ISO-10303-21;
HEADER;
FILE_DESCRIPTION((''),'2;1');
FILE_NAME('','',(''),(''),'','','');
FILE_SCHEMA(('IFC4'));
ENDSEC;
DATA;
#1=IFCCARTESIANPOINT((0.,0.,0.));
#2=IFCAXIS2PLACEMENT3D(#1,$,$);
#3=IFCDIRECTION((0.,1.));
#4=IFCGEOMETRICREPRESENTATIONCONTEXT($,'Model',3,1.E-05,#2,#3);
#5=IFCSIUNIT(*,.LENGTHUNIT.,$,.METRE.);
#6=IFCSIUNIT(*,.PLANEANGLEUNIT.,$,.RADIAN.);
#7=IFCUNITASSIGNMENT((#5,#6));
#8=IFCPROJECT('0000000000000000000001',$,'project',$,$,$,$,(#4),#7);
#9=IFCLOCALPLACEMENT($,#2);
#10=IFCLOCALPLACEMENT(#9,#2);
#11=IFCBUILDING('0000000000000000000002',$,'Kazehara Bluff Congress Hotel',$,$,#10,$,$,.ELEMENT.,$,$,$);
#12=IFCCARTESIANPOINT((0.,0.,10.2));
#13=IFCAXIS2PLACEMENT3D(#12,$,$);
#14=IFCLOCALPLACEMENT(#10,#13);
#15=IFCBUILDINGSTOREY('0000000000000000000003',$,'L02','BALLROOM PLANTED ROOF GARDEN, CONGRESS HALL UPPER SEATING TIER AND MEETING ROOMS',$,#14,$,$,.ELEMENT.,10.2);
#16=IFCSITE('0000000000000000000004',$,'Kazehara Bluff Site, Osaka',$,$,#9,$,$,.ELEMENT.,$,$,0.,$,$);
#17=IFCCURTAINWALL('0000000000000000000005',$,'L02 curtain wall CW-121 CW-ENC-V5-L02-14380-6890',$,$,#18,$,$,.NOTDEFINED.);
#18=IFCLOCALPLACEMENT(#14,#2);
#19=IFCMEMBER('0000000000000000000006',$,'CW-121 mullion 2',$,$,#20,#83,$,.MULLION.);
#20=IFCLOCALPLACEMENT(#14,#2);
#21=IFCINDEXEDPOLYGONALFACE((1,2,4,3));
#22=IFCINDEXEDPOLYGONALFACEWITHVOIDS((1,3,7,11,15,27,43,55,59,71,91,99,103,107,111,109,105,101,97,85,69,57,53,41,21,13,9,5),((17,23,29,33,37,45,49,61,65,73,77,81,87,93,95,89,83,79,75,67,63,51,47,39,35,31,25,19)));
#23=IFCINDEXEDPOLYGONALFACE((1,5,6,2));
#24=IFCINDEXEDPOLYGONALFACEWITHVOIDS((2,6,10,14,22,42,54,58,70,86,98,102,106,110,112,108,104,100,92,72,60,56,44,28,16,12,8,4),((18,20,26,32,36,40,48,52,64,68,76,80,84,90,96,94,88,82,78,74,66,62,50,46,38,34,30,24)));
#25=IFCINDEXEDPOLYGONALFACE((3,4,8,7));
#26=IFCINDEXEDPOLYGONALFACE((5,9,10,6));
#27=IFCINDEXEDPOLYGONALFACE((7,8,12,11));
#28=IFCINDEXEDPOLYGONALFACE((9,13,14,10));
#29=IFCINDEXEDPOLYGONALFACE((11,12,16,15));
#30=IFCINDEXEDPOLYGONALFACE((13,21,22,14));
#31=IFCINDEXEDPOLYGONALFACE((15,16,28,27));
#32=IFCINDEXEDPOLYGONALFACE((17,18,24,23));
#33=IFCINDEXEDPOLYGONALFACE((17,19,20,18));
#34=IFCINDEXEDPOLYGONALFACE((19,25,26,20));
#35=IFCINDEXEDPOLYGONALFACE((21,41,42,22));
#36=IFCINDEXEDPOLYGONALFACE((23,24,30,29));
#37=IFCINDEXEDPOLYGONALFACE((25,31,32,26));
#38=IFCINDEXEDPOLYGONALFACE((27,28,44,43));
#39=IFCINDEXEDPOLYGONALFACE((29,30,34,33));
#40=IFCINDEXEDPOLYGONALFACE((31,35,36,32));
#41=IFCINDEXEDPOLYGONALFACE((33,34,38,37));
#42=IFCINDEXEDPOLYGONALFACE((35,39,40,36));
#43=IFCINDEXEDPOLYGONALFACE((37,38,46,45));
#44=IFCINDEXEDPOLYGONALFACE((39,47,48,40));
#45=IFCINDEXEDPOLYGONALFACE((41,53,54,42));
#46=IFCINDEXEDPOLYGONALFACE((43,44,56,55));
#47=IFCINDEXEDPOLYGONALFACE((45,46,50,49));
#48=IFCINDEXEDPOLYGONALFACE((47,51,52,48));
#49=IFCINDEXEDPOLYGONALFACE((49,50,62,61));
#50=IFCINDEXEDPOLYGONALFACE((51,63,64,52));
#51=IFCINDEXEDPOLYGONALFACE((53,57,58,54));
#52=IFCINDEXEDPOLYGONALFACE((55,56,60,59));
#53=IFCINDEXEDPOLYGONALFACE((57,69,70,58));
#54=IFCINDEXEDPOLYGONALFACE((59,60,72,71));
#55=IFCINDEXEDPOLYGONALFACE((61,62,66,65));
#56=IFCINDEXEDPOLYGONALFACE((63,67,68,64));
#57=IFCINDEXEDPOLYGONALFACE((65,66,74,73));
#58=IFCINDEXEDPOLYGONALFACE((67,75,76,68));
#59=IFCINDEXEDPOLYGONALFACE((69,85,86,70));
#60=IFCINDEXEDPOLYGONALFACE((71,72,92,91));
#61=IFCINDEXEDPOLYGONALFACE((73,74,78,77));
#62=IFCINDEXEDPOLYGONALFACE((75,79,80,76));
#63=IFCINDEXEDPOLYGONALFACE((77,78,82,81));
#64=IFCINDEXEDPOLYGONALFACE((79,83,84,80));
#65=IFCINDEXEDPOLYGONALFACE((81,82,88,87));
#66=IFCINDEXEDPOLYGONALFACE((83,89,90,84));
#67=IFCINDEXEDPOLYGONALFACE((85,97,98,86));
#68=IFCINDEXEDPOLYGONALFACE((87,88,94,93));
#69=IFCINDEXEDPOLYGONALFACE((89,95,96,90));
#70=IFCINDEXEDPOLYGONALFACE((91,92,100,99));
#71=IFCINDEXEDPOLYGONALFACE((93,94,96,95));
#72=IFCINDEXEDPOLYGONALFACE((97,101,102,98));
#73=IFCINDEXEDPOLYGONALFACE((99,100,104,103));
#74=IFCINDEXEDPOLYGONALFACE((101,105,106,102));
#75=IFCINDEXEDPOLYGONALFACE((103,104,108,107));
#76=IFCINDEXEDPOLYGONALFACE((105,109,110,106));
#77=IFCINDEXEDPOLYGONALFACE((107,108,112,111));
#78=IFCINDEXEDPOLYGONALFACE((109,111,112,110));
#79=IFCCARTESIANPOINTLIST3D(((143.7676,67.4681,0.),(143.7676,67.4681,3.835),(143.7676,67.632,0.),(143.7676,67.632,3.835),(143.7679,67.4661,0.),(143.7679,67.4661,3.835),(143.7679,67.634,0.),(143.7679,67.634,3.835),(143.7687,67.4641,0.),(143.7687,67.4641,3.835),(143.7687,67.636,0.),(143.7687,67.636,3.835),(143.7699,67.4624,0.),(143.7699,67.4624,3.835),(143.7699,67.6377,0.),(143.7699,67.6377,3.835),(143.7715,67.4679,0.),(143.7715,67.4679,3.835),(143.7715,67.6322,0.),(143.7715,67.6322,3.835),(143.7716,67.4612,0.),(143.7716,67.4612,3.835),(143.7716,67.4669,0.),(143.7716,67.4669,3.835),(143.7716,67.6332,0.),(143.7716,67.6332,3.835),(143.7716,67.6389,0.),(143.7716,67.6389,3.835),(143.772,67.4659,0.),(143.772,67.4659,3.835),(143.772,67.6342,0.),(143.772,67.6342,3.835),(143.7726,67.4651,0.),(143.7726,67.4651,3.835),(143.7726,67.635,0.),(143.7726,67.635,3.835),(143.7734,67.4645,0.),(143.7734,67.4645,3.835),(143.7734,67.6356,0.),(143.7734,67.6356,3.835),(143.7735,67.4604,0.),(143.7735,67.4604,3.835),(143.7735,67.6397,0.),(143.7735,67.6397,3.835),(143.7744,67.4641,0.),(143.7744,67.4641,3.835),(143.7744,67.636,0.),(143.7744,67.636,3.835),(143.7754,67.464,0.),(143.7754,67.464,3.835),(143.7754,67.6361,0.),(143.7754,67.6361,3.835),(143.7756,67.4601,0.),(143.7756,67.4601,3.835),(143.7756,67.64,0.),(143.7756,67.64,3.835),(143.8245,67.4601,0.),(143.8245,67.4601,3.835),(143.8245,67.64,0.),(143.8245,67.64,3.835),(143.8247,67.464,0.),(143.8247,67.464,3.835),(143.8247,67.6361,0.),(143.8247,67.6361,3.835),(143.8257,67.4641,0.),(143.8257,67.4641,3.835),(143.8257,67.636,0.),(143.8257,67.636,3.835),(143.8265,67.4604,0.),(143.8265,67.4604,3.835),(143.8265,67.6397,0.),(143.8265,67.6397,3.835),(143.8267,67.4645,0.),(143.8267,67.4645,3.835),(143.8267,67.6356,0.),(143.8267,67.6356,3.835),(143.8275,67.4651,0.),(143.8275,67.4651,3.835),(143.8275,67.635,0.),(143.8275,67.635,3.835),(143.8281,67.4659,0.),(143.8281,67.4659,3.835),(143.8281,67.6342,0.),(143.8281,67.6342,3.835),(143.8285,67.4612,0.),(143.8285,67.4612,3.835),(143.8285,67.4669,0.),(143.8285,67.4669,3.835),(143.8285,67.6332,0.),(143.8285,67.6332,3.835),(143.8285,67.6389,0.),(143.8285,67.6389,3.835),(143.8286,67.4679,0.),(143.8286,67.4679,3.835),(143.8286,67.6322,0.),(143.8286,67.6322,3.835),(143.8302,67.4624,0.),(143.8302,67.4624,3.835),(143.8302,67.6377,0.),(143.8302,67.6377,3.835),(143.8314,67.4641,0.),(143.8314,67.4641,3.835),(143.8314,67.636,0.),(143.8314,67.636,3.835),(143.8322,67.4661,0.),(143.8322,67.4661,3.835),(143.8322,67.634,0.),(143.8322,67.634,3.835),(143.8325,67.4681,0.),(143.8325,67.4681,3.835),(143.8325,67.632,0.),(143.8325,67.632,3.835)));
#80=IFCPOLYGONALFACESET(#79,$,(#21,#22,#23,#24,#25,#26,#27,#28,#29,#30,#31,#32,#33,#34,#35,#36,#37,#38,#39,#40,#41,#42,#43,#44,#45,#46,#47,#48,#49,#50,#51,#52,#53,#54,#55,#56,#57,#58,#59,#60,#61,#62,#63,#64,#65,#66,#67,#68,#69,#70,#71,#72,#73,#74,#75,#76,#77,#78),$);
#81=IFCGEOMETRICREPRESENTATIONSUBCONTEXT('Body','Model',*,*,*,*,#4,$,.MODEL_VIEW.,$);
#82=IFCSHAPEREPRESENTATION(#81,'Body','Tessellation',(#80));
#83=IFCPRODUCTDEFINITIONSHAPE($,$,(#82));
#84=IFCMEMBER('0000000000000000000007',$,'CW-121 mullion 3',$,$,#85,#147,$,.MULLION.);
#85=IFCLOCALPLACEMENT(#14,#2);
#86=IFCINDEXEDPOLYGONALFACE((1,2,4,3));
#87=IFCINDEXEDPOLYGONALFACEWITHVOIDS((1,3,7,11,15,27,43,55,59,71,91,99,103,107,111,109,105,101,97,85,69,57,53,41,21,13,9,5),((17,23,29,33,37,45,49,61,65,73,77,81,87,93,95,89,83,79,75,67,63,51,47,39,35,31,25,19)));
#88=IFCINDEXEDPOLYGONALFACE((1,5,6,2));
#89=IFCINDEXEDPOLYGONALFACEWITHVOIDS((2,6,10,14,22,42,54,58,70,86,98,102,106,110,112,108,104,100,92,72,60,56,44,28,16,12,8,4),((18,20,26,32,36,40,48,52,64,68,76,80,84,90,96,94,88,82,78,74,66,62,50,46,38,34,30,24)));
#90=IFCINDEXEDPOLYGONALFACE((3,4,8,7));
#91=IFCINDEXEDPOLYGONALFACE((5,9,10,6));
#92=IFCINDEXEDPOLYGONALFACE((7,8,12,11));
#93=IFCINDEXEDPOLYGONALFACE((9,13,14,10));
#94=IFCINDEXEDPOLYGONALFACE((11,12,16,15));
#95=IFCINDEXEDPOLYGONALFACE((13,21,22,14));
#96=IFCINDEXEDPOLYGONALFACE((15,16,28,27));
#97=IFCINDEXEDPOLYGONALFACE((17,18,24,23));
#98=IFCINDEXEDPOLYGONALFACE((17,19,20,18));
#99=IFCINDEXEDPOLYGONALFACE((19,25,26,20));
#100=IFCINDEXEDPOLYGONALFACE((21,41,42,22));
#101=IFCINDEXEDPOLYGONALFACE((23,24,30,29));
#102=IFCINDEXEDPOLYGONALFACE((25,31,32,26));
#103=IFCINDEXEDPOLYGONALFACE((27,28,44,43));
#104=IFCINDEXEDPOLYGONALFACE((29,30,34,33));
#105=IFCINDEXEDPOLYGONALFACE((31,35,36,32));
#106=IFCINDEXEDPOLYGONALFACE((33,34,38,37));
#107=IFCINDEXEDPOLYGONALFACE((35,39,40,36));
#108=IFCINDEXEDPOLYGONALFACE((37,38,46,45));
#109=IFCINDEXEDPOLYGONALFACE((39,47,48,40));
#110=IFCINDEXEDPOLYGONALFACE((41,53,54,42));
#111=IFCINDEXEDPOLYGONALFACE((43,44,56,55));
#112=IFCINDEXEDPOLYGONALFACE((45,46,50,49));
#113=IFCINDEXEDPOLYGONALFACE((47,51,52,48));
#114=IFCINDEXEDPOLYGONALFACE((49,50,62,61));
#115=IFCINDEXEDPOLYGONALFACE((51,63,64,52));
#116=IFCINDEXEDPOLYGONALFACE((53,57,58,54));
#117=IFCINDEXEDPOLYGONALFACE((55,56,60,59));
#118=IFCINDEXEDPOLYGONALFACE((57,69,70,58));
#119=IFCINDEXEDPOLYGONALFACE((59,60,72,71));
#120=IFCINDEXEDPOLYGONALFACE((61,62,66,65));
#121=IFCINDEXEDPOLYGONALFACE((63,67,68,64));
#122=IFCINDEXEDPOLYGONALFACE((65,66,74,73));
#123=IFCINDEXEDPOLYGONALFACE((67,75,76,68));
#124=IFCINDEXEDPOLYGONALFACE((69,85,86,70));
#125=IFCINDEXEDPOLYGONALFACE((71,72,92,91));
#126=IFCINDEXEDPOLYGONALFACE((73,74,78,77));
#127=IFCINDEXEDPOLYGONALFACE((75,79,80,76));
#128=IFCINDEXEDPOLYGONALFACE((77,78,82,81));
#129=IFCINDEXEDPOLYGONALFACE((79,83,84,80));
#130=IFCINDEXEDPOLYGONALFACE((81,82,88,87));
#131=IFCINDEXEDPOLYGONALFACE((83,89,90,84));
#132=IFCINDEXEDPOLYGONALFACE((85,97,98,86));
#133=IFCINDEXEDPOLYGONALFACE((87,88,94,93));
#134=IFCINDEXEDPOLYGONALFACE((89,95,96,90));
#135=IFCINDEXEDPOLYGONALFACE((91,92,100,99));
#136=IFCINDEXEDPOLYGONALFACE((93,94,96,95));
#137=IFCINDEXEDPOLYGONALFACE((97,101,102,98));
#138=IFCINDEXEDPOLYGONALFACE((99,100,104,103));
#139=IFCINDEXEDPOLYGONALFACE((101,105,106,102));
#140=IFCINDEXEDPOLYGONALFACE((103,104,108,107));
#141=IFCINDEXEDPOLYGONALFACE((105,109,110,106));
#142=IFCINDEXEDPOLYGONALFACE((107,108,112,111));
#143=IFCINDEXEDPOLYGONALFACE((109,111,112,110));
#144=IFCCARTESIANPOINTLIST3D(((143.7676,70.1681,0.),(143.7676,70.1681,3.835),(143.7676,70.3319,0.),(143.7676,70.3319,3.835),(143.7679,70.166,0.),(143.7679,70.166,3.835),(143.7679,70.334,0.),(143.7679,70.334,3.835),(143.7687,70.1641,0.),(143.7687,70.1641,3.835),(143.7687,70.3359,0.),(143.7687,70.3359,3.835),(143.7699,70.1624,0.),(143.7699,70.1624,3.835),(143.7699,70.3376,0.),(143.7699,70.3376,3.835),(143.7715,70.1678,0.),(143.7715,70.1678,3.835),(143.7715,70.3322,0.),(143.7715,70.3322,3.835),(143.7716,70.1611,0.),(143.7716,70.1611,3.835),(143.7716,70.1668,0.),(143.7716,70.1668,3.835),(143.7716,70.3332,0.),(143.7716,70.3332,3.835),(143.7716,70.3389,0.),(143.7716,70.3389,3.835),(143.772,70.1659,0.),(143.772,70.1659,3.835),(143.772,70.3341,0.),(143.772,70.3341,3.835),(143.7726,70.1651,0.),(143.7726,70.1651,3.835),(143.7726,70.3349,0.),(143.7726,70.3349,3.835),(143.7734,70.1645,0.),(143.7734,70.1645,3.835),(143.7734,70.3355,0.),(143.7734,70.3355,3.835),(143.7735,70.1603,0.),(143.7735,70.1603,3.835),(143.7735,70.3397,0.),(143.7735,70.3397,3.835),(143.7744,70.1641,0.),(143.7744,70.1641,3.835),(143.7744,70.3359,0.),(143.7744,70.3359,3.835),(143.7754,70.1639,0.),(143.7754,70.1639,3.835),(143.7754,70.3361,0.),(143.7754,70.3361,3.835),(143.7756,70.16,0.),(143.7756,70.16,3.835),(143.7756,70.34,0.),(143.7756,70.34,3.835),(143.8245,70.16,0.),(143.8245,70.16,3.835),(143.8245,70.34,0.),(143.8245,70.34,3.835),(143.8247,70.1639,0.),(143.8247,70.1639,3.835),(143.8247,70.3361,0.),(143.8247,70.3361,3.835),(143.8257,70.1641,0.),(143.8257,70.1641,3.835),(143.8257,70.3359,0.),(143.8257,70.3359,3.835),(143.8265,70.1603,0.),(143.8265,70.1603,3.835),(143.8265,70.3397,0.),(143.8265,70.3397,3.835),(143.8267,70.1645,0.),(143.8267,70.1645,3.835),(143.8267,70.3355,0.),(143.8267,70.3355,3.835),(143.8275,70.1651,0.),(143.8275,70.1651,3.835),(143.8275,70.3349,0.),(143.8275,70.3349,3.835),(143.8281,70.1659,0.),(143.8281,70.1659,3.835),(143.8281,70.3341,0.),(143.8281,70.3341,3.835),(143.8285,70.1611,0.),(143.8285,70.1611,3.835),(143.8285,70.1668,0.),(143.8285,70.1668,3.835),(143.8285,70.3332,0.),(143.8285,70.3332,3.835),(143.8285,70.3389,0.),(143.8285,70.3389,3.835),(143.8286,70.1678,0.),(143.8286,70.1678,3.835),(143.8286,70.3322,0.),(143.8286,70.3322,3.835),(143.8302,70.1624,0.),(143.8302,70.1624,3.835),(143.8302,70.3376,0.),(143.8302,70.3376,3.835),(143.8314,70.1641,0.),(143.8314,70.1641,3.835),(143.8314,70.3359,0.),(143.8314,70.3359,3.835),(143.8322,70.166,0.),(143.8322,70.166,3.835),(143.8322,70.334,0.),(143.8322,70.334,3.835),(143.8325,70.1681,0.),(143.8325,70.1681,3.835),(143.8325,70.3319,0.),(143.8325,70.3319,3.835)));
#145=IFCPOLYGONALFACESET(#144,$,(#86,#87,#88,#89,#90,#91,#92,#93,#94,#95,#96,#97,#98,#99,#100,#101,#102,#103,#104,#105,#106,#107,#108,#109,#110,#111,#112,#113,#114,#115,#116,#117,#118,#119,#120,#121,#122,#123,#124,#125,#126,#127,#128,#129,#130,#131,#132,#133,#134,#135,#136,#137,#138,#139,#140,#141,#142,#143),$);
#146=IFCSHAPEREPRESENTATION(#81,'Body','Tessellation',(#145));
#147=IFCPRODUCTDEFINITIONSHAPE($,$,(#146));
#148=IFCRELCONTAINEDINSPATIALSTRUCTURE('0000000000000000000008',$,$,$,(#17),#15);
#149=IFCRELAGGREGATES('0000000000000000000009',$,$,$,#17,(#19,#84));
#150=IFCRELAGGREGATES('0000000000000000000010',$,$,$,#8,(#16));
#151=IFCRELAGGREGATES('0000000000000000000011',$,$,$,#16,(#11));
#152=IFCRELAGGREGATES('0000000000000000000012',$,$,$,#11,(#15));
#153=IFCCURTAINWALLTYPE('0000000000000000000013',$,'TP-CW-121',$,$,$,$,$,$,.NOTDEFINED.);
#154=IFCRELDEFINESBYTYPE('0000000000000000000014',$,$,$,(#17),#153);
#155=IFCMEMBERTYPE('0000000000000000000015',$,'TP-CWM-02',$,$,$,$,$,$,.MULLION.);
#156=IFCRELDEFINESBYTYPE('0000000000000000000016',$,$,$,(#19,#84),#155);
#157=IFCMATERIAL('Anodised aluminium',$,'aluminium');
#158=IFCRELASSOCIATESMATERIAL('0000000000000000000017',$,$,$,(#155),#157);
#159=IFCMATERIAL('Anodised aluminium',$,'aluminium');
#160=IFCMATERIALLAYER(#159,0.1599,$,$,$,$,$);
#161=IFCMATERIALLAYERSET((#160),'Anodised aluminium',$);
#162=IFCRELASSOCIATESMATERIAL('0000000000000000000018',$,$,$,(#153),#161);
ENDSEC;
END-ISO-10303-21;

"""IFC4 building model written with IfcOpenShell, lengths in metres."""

from ifc_helpers import new_model, si_unit, direction, frame, origin, origin_2d, place, context, subcontext, project, spatial, hollow_rectangle, extrude, material, layer, layer_set, material_profile, profile_set, type_object, element, aggregate, save


model = new_model("IFC4")

# Units and contexts
model_context = context("Model", 3, precision=1e-05, world=origin(), true_north=direction((0.0, 1.0)))
body_context = subcontext(model_context, "Body", "Model", "MODEL_VIEW")
ifc_project = project(units=[si_unit("LENGTHUNIT", "METRE"), si_unit("PLANEANGLEUNIT", "RADIAN")], contexts=[model_context])

# Site, building, storey
site_placement = place(None, origin())
site = spatial("IfcSite", under=ifc_project, at=site_placement, Name="Kazehara Bluff Site, Osaka", CompositionType="ELEMENT", RefElevation=0.0)
building_placement = place(site_placement, origin())
building = spatial("IfcBuilding", under=site, at=building_placement, Name="Kazehara Bluff Congress Hotel", CompositionType="ELEMENT")
storey_placement = place(building_placement, frame((0.0, 0.0, 10.2)))
storey = spatial("IfcBuildingStorey", under=building, at=storey_placement, Name="L02", Description="BALLROOM PLANTED ROOF GARDEN, CONGRESS HALL UPPER SEATING TIER AND MEETING ROOMS", CompositionType="ELEMENT", Elevation=10.2)

# Shared definitions
ifc_material_1 = material(Name="Anodised aluminium", Category="aluminium")
ifc_material_profile_1 = material_profile(ifc_material_1, hollow_rectangle(XDim=0.0649, YDim=0.1799, WallThickness=0.0039, InnerFilletRadius=0.0039, OuterFilletRadius=0.0081, at=origin_2d()))
ifc_profile_set_1 = profile_set([ifc_material_profile_1], Name="Anodised aluminium")
member_type_1 = type_object("IfcMemberType", Name="TP-CWM-02", PredefinedType="MULLION", material=ifc_profile_set_1)

# Curtain wall, members
ifc_material_2 = material(Name="Anodised aluminium", Category="aluminium")
ifc_layer_1 = layer(ifc_material_2, 0.1599)
ifc_layer_set_1 = layer_set([ifc_layer_1], Name="Anodised aluminium")
curtain_wall_type_1 = type_object("IfcCurtainWallType", Name="TP-CW-121", PredefinedType="NOTDEFINED", material=ifc_layer_set_1)
curtain_wall_1_placement = place(storey_placement, origin())
curtain_wall_1 = element("IfcCurtainWall", 1, at=curtain_wall_1_placement, inside=storey, type_object=curtain_wall_type_1, Name="L02 curtain wall CW-121 CW-ENC-V5-L02-14380-6890", PredefinedType="NOTDEFINED")
member_1_placement = place(storey_placement, frame((143.8, 67.55, 0.0), z_axis=(0.0, 0.0, 1.0), x_axis=(-1.0, 0.0, 0.0)))
member_1 = element("IfcMember", 2, at=member_1_placement, type_object=member_type_1, Name="CW-121 mullion 2", PredefinedType="MULLION", context=body_context, shape_type="SweptSolid", body=[
    extrude(hollow_rectangle(XDim=0.0649, YDim=0.1799, WallThickness=0.0039, InnerFilletRadius=0.0039, OuterFilletRadius=0.0081, at=origin_2d()), origin(), (0.0, 0.0, 1.0), 3.835),
])
member_2_placement = place(storey_placement, frame((143.8, 70.25, 0.0), z_axis=(0.0, 0.0, 1.0), x_axis=(-1.0, 0.0, 0.0)))
member_2 = element("IfcMember", 3, at=member_2_placement, type_object=member_type_1, Name="CW-121 mullion 3", PredefinedType="MULLION", context=body_context, shape_type="SweptSolid", body=[
    extrude(hollow_rectangle(XDim=0.0649, YDim=0.1799, WallThickness=0.0039, InnerFilletRadius=0.0039, OuterFilletRadius=0.0081, at=origin_2d()), origin(), (0.0, 0.0, 1.0), 3.835),
])

aggregate(curtain_wall_1, [member_1, member_2])

save(model, "model.ifc")
